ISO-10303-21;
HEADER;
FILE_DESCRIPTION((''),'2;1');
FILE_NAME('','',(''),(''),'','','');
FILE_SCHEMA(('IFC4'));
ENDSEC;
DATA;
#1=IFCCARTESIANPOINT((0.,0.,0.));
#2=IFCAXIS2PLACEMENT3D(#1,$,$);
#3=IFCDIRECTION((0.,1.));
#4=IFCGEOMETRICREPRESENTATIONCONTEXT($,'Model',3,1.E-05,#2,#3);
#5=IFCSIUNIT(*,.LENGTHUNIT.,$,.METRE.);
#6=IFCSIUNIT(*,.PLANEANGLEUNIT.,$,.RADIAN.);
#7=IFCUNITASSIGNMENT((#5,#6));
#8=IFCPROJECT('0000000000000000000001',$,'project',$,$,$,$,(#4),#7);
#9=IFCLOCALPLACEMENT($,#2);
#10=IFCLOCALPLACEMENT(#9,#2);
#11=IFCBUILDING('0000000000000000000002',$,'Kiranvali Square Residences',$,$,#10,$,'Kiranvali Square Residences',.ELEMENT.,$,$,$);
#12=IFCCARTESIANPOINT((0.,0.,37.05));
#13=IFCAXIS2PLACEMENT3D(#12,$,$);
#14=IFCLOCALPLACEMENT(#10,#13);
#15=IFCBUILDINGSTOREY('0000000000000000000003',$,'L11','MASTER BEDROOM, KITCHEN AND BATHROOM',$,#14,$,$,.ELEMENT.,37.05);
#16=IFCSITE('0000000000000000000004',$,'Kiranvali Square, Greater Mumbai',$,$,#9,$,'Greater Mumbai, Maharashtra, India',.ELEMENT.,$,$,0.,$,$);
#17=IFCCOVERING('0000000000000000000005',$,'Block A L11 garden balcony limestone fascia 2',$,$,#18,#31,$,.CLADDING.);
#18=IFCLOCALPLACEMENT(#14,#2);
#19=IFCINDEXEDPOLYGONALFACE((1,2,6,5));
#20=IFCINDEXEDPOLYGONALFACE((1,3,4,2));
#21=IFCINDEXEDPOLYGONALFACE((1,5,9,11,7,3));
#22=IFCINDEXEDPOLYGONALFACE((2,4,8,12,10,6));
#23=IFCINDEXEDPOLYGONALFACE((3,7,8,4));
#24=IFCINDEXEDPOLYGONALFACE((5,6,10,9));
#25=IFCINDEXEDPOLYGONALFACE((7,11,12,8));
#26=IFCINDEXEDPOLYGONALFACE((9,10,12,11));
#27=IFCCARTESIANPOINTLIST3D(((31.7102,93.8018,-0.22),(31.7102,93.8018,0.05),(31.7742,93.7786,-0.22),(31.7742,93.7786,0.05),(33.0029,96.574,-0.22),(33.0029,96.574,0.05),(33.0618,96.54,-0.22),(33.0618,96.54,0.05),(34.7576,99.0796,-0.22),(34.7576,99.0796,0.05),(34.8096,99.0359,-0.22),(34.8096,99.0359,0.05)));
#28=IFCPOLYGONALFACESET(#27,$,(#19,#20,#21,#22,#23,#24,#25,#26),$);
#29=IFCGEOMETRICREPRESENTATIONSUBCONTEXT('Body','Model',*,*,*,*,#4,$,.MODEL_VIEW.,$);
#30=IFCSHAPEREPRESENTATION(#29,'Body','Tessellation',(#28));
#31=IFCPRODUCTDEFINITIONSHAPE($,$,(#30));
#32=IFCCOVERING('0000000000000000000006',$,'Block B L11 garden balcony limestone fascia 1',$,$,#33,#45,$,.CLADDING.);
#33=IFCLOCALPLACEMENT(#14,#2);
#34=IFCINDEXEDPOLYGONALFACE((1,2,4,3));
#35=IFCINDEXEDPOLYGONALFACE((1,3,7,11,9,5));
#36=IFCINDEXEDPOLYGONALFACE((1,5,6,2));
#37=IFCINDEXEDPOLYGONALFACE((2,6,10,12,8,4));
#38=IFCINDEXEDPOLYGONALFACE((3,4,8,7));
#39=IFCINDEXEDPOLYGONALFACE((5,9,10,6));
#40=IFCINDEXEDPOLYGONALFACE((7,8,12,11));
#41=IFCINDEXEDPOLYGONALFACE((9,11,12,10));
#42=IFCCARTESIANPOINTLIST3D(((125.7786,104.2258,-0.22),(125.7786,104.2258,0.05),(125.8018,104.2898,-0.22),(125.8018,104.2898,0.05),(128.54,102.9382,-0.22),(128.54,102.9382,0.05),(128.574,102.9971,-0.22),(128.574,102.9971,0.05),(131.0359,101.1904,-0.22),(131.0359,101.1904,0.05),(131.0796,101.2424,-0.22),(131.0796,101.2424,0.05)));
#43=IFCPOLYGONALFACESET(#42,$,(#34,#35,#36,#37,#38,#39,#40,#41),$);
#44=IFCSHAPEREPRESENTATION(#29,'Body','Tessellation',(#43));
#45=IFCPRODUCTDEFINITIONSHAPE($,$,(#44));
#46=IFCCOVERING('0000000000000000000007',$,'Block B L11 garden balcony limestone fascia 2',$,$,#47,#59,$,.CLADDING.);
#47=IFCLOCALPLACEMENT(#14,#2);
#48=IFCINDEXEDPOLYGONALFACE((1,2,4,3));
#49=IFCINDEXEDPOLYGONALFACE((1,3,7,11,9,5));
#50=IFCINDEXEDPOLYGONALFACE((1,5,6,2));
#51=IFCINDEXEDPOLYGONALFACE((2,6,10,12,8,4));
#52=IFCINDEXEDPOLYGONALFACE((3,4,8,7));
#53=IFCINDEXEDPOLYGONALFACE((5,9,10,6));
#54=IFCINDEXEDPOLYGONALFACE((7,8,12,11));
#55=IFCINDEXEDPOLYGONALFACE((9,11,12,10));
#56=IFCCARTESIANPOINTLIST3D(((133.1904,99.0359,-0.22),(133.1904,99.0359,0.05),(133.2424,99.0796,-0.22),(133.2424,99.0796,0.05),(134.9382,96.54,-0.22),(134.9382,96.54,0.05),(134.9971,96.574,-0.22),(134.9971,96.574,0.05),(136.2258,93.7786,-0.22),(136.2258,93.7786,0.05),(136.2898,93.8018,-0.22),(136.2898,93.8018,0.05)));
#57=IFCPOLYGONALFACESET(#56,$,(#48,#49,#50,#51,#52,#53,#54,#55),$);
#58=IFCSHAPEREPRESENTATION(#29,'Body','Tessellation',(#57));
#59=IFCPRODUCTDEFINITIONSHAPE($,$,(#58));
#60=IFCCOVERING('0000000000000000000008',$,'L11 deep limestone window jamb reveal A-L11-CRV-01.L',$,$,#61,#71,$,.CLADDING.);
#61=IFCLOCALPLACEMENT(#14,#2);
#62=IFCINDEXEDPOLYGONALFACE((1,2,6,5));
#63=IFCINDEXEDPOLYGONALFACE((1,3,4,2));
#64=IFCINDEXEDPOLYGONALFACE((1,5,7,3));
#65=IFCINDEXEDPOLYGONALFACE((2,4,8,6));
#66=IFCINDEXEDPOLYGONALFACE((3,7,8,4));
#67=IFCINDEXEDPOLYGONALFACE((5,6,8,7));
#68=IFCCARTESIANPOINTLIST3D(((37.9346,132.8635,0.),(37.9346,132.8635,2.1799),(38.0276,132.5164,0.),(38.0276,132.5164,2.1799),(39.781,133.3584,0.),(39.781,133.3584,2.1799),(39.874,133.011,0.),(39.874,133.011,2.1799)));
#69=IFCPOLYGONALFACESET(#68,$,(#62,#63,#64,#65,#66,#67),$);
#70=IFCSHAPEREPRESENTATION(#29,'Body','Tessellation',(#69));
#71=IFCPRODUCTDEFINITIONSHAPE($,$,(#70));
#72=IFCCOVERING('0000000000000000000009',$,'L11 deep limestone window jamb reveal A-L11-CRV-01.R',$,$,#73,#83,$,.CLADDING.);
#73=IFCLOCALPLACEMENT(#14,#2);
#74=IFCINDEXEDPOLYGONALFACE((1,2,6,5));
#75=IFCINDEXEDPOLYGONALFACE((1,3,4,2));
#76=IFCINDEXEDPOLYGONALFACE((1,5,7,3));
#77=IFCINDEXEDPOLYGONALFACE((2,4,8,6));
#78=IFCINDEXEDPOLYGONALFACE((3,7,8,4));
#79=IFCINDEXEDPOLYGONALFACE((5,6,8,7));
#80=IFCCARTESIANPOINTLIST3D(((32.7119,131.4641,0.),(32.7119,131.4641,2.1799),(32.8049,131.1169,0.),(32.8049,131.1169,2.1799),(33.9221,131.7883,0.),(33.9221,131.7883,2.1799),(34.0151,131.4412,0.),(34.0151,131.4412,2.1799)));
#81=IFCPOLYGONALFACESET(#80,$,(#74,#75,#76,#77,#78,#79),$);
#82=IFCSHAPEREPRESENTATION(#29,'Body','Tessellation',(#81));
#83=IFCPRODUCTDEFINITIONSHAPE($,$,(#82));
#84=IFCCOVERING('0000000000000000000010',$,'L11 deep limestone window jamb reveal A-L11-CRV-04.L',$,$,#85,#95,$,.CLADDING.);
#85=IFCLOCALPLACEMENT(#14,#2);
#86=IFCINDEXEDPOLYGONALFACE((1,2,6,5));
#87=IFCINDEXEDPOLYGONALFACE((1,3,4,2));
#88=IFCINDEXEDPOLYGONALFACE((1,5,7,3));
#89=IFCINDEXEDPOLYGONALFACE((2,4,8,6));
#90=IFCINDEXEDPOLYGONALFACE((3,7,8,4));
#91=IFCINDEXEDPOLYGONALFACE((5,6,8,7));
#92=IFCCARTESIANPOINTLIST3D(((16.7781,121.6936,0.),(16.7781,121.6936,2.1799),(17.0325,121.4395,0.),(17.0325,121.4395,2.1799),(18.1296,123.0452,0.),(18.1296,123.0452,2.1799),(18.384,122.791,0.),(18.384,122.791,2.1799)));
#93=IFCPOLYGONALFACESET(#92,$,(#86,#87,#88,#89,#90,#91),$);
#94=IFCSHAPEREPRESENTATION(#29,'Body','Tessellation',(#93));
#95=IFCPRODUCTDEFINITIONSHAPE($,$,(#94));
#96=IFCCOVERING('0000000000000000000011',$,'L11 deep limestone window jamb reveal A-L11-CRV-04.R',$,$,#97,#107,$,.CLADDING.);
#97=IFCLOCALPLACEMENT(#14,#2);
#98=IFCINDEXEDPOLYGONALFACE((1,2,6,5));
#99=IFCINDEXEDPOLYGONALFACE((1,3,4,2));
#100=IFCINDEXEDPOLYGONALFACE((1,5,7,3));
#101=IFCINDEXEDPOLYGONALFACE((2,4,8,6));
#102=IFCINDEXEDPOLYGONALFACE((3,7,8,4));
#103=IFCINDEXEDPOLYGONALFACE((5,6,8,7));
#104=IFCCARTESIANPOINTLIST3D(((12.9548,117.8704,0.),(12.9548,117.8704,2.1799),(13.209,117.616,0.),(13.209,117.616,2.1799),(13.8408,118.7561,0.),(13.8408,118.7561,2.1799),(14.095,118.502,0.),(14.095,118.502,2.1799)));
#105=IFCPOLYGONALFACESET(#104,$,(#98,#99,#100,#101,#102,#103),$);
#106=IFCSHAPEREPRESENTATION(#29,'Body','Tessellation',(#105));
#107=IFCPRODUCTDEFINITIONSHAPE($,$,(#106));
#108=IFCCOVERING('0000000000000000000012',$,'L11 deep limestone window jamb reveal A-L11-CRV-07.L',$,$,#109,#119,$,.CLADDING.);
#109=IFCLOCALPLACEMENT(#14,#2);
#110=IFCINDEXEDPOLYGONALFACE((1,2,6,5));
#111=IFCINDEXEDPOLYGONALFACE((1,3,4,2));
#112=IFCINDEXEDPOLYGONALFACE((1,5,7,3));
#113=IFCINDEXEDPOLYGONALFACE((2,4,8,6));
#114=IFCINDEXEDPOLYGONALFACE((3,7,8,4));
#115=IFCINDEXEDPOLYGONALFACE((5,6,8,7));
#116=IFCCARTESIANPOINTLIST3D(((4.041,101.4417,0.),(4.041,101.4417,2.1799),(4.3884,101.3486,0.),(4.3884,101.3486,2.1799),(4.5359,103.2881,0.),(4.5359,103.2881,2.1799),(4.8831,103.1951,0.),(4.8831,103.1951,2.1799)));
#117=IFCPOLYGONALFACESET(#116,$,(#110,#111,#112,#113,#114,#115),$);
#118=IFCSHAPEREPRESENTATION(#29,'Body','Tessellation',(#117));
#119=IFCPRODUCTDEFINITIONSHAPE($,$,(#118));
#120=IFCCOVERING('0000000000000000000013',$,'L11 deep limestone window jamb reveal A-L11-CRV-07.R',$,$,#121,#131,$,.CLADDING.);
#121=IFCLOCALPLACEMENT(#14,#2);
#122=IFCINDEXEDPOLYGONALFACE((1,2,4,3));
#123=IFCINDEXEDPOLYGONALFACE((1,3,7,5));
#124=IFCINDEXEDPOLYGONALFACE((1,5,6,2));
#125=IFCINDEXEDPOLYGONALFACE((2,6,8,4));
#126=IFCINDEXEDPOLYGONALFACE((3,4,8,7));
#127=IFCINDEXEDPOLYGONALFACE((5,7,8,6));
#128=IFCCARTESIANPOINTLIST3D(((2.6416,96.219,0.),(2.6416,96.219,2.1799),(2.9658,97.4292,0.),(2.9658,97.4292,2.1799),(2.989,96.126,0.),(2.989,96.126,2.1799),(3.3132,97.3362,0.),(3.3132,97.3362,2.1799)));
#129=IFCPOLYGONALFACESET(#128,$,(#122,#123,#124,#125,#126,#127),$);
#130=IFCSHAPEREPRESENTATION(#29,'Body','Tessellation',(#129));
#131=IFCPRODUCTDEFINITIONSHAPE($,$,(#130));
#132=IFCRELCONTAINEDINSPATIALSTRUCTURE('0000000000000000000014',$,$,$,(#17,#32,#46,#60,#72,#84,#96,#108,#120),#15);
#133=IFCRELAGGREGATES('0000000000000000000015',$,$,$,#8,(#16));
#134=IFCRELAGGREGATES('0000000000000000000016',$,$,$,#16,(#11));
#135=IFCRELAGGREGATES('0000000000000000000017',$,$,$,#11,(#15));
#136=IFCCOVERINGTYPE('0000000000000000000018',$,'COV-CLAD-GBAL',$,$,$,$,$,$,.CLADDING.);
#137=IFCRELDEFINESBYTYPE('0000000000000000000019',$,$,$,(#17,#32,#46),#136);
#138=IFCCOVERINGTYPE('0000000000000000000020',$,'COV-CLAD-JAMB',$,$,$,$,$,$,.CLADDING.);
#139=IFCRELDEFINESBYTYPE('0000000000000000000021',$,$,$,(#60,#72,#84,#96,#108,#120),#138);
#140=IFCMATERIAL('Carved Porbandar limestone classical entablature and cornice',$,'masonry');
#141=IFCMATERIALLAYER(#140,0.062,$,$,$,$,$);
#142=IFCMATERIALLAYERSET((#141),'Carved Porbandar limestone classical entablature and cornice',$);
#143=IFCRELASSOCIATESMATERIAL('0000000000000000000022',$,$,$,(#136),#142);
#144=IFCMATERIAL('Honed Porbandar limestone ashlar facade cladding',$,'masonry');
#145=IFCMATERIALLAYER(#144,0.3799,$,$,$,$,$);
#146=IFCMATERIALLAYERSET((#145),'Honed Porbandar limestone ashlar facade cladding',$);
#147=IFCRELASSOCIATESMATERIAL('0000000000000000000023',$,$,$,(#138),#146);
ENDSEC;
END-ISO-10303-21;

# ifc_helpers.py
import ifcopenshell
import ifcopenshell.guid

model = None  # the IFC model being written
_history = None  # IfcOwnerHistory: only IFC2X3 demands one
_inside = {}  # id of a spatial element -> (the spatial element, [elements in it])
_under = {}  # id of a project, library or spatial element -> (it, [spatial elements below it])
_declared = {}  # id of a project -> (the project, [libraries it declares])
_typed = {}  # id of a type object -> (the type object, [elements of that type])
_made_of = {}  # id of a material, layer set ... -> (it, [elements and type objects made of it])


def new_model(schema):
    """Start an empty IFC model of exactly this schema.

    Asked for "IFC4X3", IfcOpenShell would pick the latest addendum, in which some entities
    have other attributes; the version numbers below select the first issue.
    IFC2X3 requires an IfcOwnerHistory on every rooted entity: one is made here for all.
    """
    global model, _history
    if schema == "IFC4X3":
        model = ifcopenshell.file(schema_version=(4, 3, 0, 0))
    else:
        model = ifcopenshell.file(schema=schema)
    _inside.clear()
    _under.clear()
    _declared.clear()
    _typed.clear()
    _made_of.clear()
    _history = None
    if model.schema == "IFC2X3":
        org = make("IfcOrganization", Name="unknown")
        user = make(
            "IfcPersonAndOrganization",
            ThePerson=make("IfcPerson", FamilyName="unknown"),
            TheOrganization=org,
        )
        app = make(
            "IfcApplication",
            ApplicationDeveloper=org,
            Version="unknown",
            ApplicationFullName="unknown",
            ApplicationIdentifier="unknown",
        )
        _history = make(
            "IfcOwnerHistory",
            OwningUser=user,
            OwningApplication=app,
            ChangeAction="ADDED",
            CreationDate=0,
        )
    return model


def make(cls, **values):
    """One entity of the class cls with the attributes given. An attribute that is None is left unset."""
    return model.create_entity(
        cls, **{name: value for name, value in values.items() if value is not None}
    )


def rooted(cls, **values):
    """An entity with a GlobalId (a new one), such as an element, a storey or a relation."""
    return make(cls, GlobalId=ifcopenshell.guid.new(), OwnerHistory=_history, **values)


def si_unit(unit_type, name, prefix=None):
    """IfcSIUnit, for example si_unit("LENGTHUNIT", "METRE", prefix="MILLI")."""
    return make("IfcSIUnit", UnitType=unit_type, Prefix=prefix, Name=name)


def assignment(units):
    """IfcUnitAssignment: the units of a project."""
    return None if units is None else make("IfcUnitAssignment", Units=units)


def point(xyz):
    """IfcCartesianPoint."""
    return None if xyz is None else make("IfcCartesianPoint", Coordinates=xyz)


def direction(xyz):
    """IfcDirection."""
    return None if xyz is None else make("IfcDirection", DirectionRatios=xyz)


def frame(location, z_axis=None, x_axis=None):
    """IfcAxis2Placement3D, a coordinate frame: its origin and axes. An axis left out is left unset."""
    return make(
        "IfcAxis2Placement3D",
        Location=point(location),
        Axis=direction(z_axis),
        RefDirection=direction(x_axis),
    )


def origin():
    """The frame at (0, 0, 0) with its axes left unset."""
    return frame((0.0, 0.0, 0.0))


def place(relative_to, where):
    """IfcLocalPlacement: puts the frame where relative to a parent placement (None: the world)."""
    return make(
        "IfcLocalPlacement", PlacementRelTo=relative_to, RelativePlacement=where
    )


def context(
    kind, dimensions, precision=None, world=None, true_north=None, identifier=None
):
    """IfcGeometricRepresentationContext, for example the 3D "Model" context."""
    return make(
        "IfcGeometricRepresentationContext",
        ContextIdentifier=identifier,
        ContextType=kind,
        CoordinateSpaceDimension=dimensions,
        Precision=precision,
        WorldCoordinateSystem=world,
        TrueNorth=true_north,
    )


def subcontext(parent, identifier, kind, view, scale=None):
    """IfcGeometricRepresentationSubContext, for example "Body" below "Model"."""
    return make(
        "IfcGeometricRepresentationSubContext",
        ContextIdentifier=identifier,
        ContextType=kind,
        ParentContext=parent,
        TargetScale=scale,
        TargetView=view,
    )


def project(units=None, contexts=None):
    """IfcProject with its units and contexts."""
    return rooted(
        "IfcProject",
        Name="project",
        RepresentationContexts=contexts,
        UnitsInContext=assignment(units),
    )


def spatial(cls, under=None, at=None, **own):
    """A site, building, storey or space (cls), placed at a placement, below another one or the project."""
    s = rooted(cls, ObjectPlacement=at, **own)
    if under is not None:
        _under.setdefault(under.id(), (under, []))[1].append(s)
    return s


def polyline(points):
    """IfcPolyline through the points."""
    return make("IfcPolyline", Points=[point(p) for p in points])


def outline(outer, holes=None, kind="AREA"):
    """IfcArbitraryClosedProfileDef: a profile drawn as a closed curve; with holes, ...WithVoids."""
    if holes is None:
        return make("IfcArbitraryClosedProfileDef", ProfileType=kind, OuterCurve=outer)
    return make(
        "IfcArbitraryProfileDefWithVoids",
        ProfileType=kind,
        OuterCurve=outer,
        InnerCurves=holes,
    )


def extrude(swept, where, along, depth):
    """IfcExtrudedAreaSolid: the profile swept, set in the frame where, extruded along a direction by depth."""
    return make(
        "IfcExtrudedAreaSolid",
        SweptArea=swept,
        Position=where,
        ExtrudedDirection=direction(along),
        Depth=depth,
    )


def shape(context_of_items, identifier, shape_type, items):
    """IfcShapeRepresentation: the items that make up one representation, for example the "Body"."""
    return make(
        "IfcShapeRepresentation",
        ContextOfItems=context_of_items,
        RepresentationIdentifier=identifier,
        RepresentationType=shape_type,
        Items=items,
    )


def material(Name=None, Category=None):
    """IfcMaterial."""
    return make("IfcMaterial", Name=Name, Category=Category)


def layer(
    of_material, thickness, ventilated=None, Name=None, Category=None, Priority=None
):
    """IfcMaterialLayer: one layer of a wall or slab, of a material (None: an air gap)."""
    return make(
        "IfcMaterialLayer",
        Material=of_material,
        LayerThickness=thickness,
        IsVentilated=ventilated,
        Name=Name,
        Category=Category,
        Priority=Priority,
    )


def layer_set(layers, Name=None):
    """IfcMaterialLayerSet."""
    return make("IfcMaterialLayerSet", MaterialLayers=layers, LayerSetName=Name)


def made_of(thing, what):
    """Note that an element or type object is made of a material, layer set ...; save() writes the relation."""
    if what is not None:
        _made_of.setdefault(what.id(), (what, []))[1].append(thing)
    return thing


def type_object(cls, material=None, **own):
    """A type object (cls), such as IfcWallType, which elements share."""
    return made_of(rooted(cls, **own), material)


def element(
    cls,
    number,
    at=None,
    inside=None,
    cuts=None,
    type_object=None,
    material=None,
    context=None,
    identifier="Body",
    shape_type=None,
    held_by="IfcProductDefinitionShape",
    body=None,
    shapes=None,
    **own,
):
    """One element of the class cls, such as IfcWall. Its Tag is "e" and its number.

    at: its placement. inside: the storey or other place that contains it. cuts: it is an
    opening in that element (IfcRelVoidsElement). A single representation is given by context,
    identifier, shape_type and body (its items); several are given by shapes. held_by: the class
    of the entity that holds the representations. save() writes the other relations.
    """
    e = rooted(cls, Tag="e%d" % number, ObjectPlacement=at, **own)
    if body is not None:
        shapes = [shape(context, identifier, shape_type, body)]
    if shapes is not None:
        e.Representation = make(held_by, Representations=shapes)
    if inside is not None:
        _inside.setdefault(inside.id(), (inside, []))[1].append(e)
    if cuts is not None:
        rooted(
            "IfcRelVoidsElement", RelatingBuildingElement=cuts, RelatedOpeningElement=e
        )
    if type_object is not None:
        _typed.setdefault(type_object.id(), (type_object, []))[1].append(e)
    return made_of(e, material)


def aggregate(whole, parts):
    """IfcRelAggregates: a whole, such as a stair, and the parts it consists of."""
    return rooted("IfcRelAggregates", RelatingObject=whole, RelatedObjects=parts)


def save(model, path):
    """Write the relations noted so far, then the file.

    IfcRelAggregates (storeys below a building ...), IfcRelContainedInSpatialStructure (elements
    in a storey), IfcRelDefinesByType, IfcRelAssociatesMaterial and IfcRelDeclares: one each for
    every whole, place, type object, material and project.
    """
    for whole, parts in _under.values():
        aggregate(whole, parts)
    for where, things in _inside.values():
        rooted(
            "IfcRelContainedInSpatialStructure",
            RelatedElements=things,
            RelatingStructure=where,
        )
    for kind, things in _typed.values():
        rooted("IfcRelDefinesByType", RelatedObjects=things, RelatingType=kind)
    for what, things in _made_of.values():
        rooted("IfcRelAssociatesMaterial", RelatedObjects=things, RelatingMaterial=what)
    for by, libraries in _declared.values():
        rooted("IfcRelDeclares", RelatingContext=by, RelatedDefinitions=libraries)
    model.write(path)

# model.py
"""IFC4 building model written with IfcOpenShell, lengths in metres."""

from ifc_helpers import new_model, si_unit, direction, frame, origin, place, context, subcontext, project, spatial, polyline, outline, extrude, material, layer, layer_set, type_object, element, save


model = new_model("IFC4")

# Units and contexts
model_context = context("Model", 3, precision=1e-05, world=origin(), true_north=direction((0.0, 1.0)))
body_context = subcontext(model_context, "Body", "Model", "MODEL_VIEW")
ifc_project = project(units=[si_unit("LENGTHUNIT", "METRE"), si_unit("PLANEANGLEUNIT", "RADIAN")], contexts=[model_context])

# Site, building, storey
site_placement = place(None, origin())
site = spatial("IfcSite", under=ifc_project, at=site_placement, Name="Kiranvali Square, Greater Mumbai", LongName="Greater Mumbai, Maharashtra, India", CompositionType="ELEMENT", RefElevation=0.0)
building_placement = place(site_placement, origin())
building = spatial("IfcBuilding", under=site, at=building_placement, Name="Kiranvali Square Residences", LongName="Kiranvali Square Residences", CompositionType="ELEMENT")
storey_placement = place(building_placement, frame((0.0, 0.0, 37.05)))
storey = spatial("IfcBuildingStorey", under=building, at=storey_placement, Name="L11", Description="MASTER BEDROOM, KITCHEN AND BATHROOM", CompositionType="ELEMENT", Elevation=37.05)

# Coverings
ifc_material_1 = material(Name="Carved Porbandar limestone classical entablature and cornice", Category="masonry")
ifc_layer_1 = layer(ifc_material_1, 0.062)
ifc_layer_set_1 = layer_set([ifc_layer_1], Name="Carved Porbandar limestone classical entablature and cornice")
covering_type_1 = type_object("IfcCoveringType", Name="COV-CLAD-GBAL", PredefinedType="CLADDING", material=ifc_layer_set_1)
covering_1_placement = place(storey_placement, frame((0.0, 0.0, -0.22)))
element("IfcCovering", 1, at=covering_1_placement, inside=storey, type_object=covering_type_1, Name="Block A L11 garden balcony limestone fascia 2", PredefinedType="CLADDING", context=body_context, shape_type="SweptSolid", body=[
    extrude(outline(polyline([(34.7576, 99.0796), (33.0029, 96.574), (31.7102, 93.8018), (31.7742, 93.7786), (33.0618, 96.54), (34.8096, 99.0359), (34.7576, 99.0796)])), origin(), (0.0, 0.0, 1.0), 0.27),
])
covering_2_placement = place(storey_placement, frame((0.0, 0.0, -0.22)))
element("IfcCovering", 2, at=covering_2_placement, inside=storey, type_object=covering_type_1, Name="Block B L11 garden balcony limestone fascia 1", PredefinedType="CLADDING", context=body_context, shape_type="SweptSolid", body=[
    extrude(outline(polyline([(125.7786, 104.2258), (128.54, 102.9382), (131.0359, 101.1904), (131.0796, 101.2424), (128.574, 102.9971), (125.8018, 104.2898), (125.7786, 104.2258)])), origin(), (0.0, 0.0, 1.0), 0.27),
])
covering_3_placement = place(storey_placement, frame((0.0, 0.0, -0.22)))
element("IfcCovering", 3, at=covering_3_placement, inside=storey, type_object=covering_type_1, Name="Block B L11 garden balcony limestone fascia 2", PredefinedType="CLADDING", context=body_context, shape_type="SweptSolid", body=[
    extrude(outline(polyline([(133.1904, 99.0359), (134.9382, 96.54), (136.2258, 93.7786), (136.2898, 93.8018), (134.9971, 96.574), (133.2424, 99.0796), (133.1904, 99.0359)])), origin(), (0.0, 0.0, 1.0), 0.27),
])
ifc_material_2 = material(Name="Honed Porbandar limestone ashlar facade cladding", Category="masonry")
ifc_layer_2 = layer(ifc_material_2, 0.3799)
ifc_layer_set_2 = layer_set([ifc_layer_2], Name="Honed Porbandar limestone ashlar facade cladding")
covering_type_2 = type_object("IfcCoveringType", Name="COV-CLAD-JAMB", PredefinedType="CLADDING", material=ifc_layer_set_2)
covering_4_placement = place(storey_placement, origin())
element("IfcCovering", 4, at=covering_4_placement, inside=storey, type_object=covering_type_2, Name="L11 deep limestone window jamb reveal A-L11-CRV-01.L", PredefinedType="CLADDING", context=body_context, shape_type="SweptSolid", body=[
    extrude(outline(polyline([(39.781, 133.3584), (37.9346, 132.8635), (38.0276, 132.5164), (39.874, 133.011), (39.781, 133.3584)])), origin(), (0.0, 0.0, 1.0), 2.1799),
])
covering_5_placement = place(storey_placement, origin())
element("IfcCovering", 5, at=covering_5_placement, inside=storey, type_object=covering_type_2, Name="L11 deep limestone window jamb reveal A-L11-CRV-01.R", PredefinedType="CLADDING", context=body_context, shape_type="SweptSolid", body=[
    extrude(outline(polyline([(33.9221, 131.7883), (32.7119, 131.4641), (32.8049, 131.1169), (34.0151, 131.4412), (33.9221, 131.7883)])), origin(), (0.0, 0.0, 1.0), 2.1799),
])
covering_6_placement = place(storey_placement, origin())
element("IfcCovering", 6, at=covering_6_placement, inside=storey, type_object=covering_type_2, Name="L11 deep limestone window jamb reveal A-L11-CRV-04.L", PredefinedType="CLADDING", context=body_context, shape_type="SweptSolid", body=[
    extrude(outline(polyline([(18.1296, 123.0452), (16.7781, 121.6936), (17.0325, 121.4395), (18.384, 122.791), (18.1296, 123.0452)])), origin(), (0.0, 0.0, 1.0), 2.1799),
])
covering_7_placement = place(storey_placement, origin())
element("IfcCovering", 7, at=covering_7_placement, inside=storey, type_object=covering_type_2, Name="L11 deep limestone window jamb reveal A-L11-CRV-04.R", PredefinedType="CLADDING", context=body_context, shape_type="SweptSolid", body=[
    extrude(outline(polyline([(13.8408, 118.7561), (12.9548, 117.8704), (13.209, 117.616), (14.095, 118.502), (13.8408, 118.7561)])), origin(), (0.0, 0.0, 1.0), 2.1799),
])
covering_8_placement = place(storey_placement, origin())
element("IfcCovering", 8, at=covering_8_placement, inside=storey, type_object=covering_type_2, Name="L11 deep limestone window jamb reveal A-L11-CRV-07.L", PredefinedType="CLADDING", context=body_context, shape_type="SweptSolid", body=[
    extrude(outline(polyline([(4.5359, 103.2881), (4.041, 101.4417), (4.3884, 101.3486), (4.8831, 103.1951), (4.5359, 103.2881)])), origin(), (0.0, 0.0, 1.0), 2.1799),
])
covering_9_placement = place(storey_placement, origin())
element("IfcCovering", 9, at=covering_9_placement, inside=storey, type_object=covering_type_2, Name="L11 deep limestone window jamb reveal A-L11-CRV-07.R", PredefinedType="CLADDING", context=body_context, shape_type="SweptSolid", body=[
    extrude(outline(polyline([(2.9658, 97.4292), (2.6416, 96.219), (2.989, 96.126), (3.3132, 97.3362), (2.9658, 97.4292)])), origin(), (0.0, 0.0, 1.0), 2.1799),
])

save(model, "model.ifc")
